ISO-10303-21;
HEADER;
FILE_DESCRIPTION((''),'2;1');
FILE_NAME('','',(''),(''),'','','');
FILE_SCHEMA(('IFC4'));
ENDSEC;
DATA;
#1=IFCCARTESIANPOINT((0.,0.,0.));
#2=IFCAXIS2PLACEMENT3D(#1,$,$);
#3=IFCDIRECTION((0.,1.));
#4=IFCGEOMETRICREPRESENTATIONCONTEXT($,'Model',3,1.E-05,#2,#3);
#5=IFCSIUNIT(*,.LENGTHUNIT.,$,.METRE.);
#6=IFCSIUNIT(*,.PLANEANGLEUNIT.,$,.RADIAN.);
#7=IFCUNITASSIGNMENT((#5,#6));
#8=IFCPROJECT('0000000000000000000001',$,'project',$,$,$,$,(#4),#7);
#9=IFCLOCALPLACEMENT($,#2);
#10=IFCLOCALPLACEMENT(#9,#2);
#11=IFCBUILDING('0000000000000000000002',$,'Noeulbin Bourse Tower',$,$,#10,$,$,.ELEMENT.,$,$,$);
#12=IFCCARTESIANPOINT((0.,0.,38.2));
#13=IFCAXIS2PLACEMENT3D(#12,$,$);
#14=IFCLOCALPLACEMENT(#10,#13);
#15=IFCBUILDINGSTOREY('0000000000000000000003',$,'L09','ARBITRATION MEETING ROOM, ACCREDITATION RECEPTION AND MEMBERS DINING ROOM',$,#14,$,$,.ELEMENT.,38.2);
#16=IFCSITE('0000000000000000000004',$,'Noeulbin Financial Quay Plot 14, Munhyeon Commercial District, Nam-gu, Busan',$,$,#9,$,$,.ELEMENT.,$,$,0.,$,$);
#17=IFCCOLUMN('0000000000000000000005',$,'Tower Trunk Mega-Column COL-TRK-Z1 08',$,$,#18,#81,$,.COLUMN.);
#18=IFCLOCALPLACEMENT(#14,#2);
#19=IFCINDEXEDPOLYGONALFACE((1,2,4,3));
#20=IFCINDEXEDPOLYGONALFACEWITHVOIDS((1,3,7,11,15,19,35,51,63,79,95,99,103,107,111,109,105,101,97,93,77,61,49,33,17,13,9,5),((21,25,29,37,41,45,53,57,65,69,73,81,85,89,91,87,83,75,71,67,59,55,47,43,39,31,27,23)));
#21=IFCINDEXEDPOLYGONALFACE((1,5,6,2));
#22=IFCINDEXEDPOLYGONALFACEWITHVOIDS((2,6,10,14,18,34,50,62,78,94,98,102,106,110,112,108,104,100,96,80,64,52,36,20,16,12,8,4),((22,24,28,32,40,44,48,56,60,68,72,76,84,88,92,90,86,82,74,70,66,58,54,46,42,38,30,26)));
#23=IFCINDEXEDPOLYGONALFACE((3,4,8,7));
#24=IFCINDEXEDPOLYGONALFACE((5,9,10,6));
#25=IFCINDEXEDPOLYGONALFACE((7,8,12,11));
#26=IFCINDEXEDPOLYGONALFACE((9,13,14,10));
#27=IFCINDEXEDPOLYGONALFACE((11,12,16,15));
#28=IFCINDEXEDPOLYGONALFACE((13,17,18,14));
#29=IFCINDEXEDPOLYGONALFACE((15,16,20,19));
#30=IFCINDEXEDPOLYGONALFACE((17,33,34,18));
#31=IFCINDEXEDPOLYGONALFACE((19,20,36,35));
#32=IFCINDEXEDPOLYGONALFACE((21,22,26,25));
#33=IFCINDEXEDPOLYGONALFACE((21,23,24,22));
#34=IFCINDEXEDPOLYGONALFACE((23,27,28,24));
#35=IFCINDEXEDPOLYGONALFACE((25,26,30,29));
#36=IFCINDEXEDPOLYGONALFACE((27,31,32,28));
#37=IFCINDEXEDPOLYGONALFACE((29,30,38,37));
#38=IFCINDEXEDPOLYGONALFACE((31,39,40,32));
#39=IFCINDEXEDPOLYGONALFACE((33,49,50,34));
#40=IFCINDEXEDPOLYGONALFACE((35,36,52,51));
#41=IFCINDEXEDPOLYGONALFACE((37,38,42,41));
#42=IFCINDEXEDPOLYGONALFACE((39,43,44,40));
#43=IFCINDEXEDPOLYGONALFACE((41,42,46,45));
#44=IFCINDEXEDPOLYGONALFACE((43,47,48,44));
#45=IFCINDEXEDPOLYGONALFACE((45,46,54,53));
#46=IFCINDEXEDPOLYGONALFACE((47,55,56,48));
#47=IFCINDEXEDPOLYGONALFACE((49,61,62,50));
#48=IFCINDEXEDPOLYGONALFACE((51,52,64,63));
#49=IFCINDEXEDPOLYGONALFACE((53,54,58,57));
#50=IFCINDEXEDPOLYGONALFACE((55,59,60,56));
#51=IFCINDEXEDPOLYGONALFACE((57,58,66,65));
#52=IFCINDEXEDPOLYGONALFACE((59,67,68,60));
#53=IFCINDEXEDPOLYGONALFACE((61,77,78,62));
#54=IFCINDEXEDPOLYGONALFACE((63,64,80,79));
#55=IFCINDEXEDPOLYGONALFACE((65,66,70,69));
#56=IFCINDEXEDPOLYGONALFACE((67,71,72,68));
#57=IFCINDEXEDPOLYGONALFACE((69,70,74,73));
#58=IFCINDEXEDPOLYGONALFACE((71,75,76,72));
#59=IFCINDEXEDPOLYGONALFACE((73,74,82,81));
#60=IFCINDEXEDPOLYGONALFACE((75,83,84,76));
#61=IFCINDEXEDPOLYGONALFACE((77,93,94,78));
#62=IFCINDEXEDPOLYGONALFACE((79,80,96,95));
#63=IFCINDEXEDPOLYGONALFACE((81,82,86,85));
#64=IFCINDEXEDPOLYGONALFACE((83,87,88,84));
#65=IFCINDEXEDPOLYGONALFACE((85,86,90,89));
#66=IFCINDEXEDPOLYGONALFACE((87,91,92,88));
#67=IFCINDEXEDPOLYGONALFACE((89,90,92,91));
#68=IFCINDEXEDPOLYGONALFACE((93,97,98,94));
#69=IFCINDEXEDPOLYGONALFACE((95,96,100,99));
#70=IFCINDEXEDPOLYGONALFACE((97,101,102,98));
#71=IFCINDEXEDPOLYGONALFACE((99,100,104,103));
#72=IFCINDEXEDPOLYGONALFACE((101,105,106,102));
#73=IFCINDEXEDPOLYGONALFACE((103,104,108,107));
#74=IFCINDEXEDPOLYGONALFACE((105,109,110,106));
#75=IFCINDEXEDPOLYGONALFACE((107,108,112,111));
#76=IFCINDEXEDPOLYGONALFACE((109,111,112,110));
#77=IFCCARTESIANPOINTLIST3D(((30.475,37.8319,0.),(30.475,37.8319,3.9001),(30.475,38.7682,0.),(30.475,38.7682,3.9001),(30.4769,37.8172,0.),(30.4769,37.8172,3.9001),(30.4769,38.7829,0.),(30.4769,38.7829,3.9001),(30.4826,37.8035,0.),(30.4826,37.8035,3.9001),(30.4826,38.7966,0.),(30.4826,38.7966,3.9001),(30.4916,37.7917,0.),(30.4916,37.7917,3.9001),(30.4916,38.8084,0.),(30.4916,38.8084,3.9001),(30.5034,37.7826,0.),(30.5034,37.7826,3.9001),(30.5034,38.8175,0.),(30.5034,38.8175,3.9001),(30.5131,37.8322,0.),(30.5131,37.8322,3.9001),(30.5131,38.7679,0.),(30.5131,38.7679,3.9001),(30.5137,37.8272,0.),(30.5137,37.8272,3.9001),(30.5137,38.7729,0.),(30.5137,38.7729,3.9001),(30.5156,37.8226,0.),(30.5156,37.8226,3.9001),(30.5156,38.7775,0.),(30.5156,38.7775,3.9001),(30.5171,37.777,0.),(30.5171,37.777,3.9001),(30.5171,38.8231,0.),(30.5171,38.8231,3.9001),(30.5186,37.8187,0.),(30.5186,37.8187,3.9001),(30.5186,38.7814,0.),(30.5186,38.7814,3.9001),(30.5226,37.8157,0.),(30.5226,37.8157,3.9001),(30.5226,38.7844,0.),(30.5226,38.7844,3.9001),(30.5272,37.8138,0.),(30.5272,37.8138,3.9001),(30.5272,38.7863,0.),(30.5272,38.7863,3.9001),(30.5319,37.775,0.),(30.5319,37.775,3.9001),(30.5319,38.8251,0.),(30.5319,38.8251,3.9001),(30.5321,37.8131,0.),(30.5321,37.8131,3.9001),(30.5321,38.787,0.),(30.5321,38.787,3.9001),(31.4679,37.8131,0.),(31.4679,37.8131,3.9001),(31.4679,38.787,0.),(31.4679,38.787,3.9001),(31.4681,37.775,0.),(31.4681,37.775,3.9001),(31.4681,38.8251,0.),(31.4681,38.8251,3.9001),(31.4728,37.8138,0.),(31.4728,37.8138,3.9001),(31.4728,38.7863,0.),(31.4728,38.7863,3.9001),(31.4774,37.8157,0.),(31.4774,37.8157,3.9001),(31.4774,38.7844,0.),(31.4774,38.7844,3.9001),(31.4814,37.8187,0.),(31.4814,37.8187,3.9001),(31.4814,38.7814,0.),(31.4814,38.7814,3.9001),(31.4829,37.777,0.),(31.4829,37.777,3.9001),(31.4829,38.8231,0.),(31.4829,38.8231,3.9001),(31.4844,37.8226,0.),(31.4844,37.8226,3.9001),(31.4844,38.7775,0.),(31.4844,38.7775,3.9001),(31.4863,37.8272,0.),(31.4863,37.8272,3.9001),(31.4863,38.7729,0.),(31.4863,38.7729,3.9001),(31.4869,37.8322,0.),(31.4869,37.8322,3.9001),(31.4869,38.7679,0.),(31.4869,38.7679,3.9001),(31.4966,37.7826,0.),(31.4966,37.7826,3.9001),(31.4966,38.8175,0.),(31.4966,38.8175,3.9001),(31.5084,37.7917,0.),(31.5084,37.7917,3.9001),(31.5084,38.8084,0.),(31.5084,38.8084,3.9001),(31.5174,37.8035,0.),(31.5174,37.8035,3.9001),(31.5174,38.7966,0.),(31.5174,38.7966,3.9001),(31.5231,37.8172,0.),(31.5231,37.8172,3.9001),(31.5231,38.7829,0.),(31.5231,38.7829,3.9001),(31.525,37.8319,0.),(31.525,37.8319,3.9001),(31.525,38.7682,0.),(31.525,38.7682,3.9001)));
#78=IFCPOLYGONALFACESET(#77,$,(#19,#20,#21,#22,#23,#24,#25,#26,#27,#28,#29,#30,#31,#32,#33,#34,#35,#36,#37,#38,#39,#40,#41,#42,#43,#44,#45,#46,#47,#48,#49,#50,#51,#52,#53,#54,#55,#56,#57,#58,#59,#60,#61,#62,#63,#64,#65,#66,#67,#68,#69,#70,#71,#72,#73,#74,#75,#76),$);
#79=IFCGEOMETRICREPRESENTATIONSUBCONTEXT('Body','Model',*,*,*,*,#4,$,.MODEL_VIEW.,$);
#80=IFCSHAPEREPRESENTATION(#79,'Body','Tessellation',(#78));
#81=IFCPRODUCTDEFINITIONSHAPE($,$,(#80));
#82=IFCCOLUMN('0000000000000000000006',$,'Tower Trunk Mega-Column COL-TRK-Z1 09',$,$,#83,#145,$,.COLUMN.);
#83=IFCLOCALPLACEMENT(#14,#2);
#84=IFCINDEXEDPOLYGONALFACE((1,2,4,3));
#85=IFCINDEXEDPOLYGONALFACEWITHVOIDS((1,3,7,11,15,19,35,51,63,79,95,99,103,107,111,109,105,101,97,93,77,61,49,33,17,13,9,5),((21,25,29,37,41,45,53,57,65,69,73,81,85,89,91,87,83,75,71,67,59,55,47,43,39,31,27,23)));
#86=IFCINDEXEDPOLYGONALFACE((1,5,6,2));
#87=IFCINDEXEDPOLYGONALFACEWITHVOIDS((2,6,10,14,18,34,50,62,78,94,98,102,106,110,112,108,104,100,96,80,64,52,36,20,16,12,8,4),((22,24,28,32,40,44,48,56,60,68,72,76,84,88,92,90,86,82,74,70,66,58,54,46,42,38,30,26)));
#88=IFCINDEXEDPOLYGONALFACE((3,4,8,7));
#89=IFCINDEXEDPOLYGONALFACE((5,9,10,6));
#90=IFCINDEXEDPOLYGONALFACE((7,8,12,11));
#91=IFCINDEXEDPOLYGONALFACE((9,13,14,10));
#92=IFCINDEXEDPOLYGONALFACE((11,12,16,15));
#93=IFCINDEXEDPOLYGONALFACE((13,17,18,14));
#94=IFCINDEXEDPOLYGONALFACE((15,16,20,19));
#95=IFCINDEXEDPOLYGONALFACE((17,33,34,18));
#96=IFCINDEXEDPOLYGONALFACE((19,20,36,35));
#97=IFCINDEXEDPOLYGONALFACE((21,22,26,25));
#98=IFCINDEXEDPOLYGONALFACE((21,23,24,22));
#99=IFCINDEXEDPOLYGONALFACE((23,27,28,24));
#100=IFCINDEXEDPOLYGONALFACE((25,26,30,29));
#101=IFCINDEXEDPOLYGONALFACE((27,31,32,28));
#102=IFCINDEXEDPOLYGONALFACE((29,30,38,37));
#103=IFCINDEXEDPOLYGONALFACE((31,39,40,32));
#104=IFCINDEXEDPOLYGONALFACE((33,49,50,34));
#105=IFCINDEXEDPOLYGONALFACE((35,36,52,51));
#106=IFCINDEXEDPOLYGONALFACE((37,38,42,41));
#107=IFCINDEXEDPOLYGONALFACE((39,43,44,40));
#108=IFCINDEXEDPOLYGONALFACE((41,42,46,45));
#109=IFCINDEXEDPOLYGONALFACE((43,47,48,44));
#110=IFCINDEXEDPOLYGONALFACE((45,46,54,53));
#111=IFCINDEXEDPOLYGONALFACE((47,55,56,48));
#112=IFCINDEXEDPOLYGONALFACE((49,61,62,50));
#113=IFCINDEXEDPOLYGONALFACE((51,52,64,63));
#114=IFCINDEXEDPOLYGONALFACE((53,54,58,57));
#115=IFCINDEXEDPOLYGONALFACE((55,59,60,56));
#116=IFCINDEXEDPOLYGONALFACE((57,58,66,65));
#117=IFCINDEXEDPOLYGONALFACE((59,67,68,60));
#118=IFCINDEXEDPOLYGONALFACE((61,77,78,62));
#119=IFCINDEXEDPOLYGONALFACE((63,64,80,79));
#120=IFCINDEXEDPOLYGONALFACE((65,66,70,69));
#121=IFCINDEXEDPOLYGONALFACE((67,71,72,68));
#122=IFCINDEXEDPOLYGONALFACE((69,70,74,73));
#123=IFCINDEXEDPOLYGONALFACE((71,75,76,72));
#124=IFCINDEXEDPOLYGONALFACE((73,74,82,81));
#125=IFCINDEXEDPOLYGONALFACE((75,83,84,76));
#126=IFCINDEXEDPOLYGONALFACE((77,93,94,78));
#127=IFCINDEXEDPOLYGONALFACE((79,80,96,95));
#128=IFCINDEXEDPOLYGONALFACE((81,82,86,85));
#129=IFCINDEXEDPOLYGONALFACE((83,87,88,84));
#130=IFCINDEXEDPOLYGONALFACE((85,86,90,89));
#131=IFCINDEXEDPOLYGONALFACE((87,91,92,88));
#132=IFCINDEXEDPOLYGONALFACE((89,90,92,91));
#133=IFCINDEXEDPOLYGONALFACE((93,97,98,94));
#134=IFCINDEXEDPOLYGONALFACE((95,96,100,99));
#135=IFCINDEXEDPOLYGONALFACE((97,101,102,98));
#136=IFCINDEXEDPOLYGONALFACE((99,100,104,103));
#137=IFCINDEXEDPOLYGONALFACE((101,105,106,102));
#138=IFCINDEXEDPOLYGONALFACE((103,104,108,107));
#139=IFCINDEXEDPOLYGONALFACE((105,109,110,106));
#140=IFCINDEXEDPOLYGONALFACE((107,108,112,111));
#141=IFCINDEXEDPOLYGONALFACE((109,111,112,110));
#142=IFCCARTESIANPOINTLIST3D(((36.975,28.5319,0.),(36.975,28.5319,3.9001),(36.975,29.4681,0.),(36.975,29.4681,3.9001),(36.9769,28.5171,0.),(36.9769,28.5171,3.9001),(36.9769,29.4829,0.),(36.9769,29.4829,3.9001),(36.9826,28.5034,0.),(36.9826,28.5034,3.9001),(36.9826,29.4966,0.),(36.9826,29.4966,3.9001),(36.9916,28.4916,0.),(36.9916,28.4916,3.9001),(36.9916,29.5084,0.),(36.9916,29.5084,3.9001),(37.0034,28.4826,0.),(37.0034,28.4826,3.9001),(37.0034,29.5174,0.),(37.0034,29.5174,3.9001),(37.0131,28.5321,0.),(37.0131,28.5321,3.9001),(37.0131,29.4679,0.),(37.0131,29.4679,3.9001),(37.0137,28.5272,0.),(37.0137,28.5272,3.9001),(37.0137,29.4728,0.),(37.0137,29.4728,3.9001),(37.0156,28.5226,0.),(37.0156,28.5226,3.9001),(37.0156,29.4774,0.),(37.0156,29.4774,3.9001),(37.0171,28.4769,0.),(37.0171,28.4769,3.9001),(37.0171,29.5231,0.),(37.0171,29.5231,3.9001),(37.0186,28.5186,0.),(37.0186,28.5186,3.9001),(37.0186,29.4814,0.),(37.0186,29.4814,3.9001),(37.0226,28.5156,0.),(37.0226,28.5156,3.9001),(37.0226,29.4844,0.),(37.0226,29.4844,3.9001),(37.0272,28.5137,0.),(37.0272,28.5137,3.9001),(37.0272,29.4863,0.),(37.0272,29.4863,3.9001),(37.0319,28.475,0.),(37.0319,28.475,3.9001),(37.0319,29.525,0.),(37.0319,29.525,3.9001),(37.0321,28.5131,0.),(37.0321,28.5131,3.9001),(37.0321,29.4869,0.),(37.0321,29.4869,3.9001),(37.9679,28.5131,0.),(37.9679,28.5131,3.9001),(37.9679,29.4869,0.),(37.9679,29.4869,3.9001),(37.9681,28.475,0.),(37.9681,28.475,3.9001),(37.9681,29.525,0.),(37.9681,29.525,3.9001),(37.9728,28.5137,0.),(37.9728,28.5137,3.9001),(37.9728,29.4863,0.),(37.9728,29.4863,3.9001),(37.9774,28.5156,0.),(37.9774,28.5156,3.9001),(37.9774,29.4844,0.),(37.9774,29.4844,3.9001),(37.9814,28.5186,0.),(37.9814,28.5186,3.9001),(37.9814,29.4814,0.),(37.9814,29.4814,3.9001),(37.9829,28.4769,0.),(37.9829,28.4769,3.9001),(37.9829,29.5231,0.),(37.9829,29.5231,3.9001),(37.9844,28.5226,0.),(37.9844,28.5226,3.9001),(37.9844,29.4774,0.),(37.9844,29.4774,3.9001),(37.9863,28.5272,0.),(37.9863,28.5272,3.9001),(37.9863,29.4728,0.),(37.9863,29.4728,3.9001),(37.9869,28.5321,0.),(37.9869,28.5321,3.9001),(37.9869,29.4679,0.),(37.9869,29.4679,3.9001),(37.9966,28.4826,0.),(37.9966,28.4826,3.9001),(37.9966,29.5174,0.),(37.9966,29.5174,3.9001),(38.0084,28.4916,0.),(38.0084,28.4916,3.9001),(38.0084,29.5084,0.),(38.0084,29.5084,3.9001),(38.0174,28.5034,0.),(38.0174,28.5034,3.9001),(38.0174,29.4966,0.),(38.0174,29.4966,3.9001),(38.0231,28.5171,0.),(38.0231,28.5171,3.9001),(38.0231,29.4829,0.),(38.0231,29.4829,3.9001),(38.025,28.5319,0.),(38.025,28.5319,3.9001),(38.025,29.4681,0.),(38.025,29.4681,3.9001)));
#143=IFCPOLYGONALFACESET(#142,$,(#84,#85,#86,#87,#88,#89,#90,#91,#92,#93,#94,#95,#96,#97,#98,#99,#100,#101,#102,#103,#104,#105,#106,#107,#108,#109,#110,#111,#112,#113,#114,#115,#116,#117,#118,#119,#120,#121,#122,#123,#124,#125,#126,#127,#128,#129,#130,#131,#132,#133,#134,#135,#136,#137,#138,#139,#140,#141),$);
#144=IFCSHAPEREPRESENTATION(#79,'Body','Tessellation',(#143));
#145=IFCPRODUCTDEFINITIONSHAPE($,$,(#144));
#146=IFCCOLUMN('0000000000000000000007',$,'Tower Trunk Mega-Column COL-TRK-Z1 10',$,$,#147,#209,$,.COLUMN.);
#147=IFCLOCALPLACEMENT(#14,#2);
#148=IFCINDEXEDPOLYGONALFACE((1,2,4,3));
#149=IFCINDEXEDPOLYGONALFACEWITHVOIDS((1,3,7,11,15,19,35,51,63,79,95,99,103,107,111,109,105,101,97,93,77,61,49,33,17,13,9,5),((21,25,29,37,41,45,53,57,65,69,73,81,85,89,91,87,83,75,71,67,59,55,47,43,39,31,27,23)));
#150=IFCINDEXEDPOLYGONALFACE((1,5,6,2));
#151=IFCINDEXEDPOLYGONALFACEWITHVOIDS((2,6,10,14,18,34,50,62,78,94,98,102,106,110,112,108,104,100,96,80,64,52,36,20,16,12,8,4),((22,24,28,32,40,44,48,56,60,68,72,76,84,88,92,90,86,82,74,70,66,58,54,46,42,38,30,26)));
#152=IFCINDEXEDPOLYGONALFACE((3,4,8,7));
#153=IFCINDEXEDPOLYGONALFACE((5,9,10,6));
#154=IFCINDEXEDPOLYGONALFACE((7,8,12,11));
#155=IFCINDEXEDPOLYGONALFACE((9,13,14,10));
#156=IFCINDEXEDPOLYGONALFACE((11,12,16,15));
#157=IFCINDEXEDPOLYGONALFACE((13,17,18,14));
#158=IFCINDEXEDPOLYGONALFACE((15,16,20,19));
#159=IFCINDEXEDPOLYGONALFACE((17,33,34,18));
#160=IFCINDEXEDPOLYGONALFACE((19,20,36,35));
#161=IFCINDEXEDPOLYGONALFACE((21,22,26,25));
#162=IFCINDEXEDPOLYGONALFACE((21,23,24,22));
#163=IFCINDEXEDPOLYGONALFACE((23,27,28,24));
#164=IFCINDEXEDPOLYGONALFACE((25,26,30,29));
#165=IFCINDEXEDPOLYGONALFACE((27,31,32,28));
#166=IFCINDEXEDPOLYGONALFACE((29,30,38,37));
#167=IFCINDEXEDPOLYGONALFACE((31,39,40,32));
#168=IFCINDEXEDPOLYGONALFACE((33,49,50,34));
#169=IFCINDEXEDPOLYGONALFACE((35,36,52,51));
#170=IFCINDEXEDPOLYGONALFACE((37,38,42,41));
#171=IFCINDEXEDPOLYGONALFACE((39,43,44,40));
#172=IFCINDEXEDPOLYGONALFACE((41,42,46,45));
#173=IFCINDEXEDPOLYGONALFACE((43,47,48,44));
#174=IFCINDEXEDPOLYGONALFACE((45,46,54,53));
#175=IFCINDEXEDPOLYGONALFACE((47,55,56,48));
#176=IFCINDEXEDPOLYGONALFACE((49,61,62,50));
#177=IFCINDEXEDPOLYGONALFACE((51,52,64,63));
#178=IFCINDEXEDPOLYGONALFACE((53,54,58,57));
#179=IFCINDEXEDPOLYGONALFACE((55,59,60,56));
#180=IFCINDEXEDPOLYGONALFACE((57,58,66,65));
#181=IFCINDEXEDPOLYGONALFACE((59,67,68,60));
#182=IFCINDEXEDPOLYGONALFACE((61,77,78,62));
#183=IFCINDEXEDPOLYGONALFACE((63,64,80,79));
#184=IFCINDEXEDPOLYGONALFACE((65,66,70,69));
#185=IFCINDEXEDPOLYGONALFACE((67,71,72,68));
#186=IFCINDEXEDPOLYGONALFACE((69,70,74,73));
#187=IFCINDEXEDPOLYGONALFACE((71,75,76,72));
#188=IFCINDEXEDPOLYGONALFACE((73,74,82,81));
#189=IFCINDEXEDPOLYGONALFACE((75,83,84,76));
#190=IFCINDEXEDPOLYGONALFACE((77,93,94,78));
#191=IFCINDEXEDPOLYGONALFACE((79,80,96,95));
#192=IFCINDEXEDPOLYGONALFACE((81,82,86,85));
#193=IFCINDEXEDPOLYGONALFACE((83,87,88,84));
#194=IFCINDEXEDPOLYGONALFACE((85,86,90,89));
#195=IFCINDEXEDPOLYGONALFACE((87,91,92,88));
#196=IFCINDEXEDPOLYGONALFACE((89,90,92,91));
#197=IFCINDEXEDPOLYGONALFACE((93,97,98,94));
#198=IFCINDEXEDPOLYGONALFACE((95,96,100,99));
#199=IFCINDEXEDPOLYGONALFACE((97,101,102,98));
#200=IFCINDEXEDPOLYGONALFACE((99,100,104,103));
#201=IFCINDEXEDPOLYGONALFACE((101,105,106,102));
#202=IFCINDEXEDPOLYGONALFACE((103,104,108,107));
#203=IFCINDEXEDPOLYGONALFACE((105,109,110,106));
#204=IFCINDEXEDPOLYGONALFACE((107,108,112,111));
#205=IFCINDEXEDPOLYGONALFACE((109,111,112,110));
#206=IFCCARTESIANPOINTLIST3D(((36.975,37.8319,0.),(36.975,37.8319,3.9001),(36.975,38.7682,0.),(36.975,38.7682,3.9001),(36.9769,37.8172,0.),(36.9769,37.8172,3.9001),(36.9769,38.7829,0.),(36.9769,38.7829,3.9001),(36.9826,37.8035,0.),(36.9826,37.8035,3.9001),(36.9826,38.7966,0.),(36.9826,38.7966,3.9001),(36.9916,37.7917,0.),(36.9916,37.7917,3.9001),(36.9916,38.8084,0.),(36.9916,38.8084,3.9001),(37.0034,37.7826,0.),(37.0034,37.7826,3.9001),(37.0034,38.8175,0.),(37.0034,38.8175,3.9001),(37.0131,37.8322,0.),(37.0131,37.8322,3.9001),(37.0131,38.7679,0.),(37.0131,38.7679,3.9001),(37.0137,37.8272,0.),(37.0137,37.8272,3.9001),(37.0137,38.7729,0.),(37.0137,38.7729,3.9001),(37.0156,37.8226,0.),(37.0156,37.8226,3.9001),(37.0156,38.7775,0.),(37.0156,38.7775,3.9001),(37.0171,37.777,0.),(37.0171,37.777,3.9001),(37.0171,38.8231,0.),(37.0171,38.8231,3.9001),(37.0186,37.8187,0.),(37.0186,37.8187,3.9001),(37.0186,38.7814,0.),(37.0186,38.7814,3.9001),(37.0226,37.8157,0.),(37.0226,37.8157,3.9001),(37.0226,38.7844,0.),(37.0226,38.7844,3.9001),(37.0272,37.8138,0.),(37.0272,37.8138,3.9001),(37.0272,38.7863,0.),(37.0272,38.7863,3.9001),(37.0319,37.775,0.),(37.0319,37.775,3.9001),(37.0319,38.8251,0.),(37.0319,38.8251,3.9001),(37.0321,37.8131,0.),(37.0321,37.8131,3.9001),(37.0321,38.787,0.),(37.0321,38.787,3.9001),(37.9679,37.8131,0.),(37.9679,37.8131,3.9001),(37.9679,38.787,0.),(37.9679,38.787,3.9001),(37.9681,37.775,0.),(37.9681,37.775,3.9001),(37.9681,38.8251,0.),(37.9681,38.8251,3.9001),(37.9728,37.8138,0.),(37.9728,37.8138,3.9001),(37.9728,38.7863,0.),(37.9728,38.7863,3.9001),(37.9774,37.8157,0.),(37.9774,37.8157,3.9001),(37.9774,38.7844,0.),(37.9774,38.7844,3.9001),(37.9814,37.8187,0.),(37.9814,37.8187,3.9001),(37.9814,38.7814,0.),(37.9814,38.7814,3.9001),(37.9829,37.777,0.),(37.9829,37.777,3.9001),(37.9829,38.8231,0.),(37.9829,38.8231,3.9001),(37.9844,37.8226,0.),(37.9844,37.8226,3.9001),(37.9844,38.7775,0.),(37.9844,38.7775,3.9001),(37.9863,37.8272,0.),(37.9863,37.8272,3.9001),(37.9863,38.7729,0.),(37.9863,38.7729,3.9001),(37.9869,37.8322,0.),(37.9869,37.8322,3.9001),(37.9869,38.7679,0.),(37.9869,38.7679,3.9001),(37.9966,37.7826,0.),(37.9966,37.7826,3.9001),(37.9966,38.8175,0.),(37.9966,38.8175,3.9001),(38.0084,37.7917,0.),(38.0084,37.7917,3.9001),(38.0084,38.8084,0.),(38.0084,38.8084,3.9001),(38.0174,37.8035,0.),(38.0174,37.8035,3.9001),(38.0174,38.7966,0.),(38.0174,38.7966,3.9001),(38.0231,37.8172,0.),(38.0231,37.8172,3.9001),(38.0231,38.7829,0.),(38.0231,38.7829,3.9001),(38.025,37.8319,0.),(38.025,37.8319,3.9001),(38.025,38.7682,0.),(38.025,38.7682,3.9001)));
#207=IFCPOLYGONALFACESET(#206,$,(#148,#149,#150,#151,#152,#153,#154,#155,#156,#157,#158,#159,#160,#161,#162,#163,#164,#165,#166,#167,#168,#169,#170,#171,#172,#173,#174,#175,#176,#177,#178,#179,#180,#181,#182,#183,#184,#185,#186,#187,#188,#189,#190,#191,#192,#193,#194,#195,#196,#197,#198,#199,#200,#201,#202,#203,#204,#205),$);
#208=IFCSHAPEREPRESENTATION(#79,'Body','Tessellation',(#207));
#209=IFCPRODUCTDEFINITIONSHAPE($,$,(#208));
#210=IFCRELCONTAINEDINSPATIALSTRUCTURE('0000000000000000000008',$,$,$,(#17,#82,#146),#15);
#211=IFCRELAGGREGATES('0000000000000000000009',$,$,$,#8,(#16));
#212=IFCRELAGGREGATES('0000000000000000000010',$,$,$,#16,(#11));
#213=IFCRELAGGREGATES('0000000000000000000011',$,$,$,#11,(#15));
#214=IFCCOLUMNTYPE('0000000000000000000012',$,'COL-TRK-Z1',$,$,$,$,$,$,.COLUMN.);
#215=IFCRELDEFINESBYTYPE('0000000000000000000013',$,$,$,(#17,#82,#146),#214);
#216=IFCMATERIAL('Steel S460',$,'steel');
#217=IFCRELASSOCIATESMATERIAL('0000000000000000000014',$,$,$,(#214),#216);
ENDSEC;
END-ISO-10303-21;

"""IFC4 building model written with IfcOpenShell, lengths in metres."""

from ifc_helpers import new_model, si_unit, direction, frame, origin, origin_2d, place, context, subcontext, project, spatial, hollow_rectangle, extrude, material, material_profile, profile_set, type_object, element, save


model = new_model("IFC4")

# Units and contexts
model_context = context("Model", 3, precision=1e-05, world=origin(), true_north=direction((0.0, 1.0)))
body_context = subcontext(model_context, "Body", "Model", "MODEL_VIEW")
ifc_project = project(units=[si_unit("LENGTHUNIT", "METRE"), si_unit("PLANEANGLEUNIT", "RADIAN")], contexts=[model_context])

# Site, building, storey
site_placement = place(None, origin())
site = spatial("IfcSite", under=ifc_project, at=site_placement, Name="Noeulbin Financial Quay Plot 14, Munhyeon Commercial District, Nam-gu, Busan", CompositionType="ELEMENT", RefElevation=0.0)
building_placement = place(site_placement, origin())
building = spatial("IfcBuilding", under=site, at=building_placement, Name="Noeulbin Bourse Tower", CompositionType="ELEMENT")
storey_placement = place(building_placement, frame((0.0, 0.0, 38.2)))
storey = spatial("IfcBuildingStorey", under=building, at=storey_placement, Name="L09", Description="ARBITRATION MEETING ROOM, ACCREDITATION RECEPTION AND MEMBERS DINING ROOM", CompositionType="ELEMENT", Elevation=38.2)

# Columns
ifc_material_1 = material(Name="Steel S460", Category="steel")
ifc_material_profile_1 = material_profile(ifc_material_1, hollow_rectangle(XDim=1.05, YDim=1.05, WallThickness=0.0381, InnerFilletRadius=0.019, OuterFilletRadius=0.0569, at=origin_2d()), Name="BOX-1050x1050x38", Category="LoadBearing")
ifc_profile_set_1 = profile_set([ifc_material_profile_1], Name="Steel S460")
column_type = type_object("IfcColumnType", Name="COL-TRK-Z1", PredefinedType="COLUMN", material=ifc_profile_set_1)
for number, where, z_axis, x_axis, name in (
    (1, (31.0, 38.3, 0.0), (0.0, 0.0, 1.0), (1.0, 0.0, 0.0), "Tower Trunk Mega-Column COL-TRK-Z1 08"),
    (2, (37.5, 29.0, 0.0), (0.0, 0.0, 1.0), (1.0, 0.0, 0.0), "Tower Trunk Mega-Column COL-TRK-Z1 09"),
    (3, (37.5, 38.3, 0.0), (0.0, 0.0, 1.0), (1.0, 0.0, 0.0), "Tower Trunk Mega-Column COL-TRK-Z1 10"),
):
    element("IfcColumn", number, at=place(storey_placement, frame(where, z_axis=z_axis, x_axis=x_axis)), inside=storey, type_object=column_type, Name=name, PredefinedType="COLUMN", context=body_context, shape_type="SweptSolid", body=[
        extrude(hollow_rectangle(XDim=1.05, YDim=1.05, WallThickness=0.0381, InnerFilletRadius=0.019, OuterFilletRadius=0.0569, at=origin_2d()), origin(), (0.0, 0.0, 1.0), 3.9001),
    ])

save(model, "model.ifc")
